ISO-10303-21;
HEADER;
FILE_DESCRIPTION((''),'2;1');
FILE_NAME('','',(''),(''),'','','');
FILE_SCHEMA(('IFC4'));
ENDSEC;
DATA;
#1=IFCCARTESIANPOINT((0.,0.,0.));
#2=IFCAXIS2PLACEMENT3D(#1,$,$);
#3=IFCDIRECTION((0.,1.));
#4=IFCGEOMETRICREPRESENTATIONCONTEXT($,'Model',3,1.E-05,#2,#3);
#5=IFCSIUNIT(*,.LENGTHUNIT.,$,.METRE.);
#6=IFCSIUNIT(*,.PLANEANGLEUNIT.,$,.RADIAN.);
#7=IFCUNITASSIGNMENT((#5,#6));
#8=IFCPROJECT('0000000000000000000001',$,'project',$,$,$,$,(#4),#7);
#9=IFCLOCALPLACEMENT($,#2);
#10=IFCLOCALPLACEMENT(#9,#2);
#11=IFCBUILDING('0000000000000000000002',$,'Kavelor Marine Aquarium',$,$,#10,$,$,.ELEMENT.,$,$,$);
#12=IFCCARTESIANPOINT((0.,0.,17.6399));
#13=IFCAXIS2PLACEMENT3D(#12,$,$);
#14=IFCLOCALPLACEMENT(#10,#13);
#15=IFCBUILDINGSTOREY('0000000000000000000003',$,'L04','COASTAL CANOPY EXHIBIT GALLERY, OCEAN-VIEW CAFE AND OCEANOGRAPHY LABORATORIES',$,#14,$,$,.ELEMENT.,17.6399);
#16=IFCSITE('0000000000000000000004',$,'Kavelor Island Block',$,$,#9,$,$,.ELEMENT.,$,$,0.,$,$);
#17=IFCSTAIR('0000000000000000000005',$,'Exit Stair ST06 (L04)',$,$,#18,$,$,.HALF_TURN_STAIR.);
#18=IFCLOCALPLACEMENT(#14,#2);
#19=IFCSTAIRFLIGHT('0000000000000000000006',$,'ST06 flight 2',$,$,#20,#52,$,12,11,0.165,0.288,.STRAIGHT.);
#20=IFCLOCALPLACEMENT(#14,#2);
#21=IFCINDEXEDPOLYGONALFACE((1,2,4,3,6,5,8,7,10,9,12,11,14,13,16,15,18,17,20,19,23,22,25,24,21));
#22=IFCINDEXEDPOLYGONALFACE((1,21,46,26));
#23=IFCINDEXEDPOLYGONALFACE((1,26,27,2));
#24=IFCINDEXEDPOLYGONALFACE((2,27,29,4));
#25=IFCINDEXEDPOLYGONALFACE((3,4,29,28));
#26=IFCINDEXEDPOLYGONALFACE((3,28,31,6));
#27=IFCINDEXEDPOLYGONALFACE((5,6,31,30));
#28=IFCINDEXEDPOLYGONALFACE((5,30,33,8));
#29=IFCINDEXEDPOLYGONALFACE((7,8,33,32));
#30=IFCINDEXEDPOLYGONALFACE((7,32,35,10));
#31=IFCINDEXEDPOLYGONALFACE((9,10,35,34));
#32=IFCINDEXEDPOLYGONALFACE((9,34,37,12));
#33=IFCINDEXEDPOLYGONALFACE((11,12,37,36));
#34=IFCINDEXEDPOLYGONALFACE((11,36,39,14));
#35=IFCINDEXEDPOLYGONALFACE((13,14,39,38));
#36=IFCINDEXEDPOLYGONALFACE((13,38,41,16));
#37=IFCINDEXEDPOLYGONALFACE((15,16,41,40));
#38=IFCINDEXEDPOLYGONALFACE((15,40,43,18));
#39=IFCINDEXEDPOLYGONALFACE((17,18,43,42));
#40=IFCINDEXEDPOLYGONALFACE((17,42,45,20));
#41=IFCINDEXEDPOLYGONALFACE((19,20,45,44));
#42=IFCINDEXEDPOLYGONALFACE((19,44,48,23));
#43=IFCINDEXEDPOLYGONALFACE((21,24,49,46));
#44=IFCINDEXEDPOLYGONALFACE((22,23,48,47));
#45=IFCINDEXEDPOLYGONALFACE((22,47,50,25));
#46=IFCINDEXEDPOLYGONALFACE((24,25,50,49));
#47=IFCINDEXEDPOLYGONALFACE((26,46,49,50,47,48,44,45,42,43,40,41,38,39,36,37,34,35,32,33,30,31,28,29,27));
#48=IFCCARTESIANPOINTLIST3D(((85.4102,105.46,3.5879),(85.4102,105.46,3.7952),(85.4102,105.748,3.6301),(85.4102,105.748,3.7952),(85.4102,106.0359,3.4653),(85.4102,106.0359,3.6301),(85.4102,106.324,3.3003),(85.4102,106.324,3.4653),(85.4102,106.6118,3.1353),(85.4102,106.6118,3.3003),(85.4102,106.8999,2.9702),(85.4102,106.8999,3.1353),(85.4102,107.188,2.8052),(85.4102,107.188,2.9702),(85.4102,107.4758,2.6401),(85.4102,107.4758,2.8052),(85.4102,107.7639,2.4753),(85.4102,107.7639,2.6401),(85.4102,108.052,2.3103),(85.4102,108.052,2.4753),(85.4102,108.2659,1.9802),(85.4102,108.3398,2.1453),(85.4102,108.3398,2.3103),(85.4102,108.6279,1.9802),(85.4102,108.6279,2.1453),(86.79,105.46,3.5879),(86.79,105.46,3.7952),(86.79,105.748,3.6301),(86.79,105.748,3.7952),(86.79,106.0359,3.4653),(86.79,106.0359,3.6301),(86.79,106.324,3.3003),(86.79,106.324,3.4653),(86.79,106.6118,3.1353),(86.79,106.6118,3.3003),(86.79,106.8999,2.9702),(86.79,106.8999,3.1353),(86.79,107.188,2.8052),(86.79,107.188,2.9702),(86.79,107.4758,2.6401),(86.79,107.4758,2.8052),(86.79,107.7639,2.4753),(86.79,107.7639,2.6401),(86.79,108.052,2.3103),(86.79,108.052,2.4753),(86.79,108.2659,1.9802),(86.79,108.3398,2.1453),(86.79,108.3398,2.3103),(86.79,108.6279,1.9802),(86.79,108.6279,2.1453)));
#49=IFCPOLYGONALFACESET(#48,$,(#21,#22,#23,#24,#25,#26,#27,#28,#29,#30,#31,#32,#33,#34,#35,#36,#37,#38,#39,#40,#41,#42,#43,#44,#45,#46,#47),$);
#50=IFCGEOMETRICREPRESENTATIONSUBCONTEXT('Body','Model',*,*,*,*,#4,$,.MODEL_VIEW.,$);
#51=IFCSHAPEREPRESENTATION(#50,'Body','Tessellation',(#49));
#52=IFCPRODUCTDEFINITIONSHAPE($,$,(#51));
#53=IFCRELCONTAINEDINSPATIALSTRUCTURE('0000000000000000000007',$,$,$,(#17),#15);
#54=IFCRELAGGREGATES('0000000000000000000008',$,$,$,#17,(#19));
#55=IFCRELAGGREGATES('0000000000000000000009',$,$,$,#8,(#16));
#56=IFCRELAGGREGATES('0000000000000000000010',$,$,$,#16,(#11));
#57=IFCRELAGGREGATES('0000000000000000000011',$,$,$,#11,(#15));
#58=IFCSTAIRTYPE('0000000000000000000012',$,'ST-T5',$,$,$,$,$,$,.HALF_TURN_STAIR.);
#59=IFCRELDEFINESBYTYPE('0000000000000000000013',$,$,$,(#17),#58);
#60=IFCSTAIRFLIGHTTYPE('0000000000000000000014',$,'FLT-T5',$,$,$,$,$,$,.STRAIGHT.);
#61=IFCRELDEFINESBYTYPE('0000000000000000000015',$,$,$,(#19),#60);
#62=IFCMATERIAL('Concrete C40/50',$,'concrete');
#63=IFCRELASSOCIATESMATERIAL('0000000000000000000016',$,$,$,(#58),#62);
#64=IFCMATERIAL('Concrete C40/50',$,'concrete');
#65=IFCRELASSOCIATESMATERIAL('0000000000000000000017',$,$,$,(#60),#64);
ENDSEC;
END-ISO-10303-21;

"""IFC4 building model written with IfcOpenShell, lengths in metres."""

from ifc_helpers import new_model, si_unit, direction, frame, origin, place, context, subcontext, project, spatial, polyline, outline, extrude, material, type_object, element, aggregate, save


model = new_model("IFC4")

# Units and contexts
model_context = context("Model", 3, precision=1e-05, world=origin(), true_north=direction((0.0, 1.0)))
body_context = subcontext(model_context, "Body", "Model", "MODEL_VIEW")
ifc_project = project(units=[si_unit("LENGTHUNIT", "METRE"), si_unit("PLANEANGLEUNIT", "RADIAN")], contexts=[model_context])

# Site, building, storey
site_placement = place(None, origin())
site = spatial("IfcSite", under=ifc_project, at=site_placement, Name="Kavelor Island Block", CompositionType="ELEMENT", RefElevation=0.0)
building_placement = place(site_placement, origin())
building = spatial("IfcBuilding", under=site, at=building_placement, Name="Kavelor Marine Aquarium", CompositionType="ELEMENT")
storey_placement = place(building_placement, frame((0.0, 0.0, 17.6399)))
storey = spatial("IfcBuildingStorey", under=building, at=storey_placement, Name="L04", Description="COASTAL CANOPY EXHIBIT GALLERY, OCEAN-VIEW CAFE AND OCEANOGRAPHY LABORATORIES", CompositionType="ELEMENT", Elevation=17.6399)

# Stair, stair flight
ifc_material_1 = material(Name="Concrete C40/50", Category="concrete")
stair_type = type_object("IfcStairType", Name="ST-T5", PredefinedType="HALF_TURN_STAIR", material=ifc_material_1)
stair_placement = place(storey_placement, origin())
stair = element("IfcStair", 1, at=stair_placement, inside=storey, type_object=stair_type, Name="Exit Stair ST06 (L04)", PredefinedType="HALF_TURN_STAIR")
ifc_material_2 = material(Name="Concrete C40/50", Category="concrete")
stair_flight_type = type_object("IfcStairFlightType", Name="FLT-T5", PredefinedType="STRAIGHT", material=ifc_material_2)
stair_flight_placement = place(storey_placement, frame((86.1001, 108.6279, 1.9802), z_axis=(0.0, 0.0, 1.0), x_axis=(0.0, -1.0, 0.0)))
stair_flight = element("IfcStairFlight", 2, at=stair_flight_placement, type_object=stair_flight_type, Name="ST06 flight 2", NumberOfRisers=12, NumberOfTreads=11, PredefinedType="STRAIGHT", RiserHeight=0.165, TreadLength=0.288, context=body_context, shape_type="SweptSolid", body=[
    extrude(outline(polyline([(0.0, 0.0), (0.0, 0.165), (0.2881, 0.165), (0.2881, 0.3301), (0.5759, 0.3301), (0.5759, 0.4951), (0.864, 0.4951), (0.864, 0.6599), (1.1521, 0.6599), (1.1521, 0.825), (1.4399, 0.825), (1.4399, 0.99), (1.728, 0.99), (1.728, 1.155), (2.0161, 1.155), (2.0161, 1.3201), (2.304, 1.3201), (2.304, 1.4851), (2.592, 1.4851), (2.592, 1.6499), (2.8799, 1.6499), (2.8799, 1.8149), (3.168, 1.8149), (3.168, 1.98), (3.168, 1.6077), (0.3621, 0.0), (0.0, 0.0)])), frame((0.0, 0.6899, 0.0), z_axis=(0.0, -1.0, 0.0), x_axis=(1.0, 0.0, 0.0)), (0.0, 0.0, 1.0), 1.3799),
])
aggregate(stair, [stair_flight])

save(model, "model.ifc")
